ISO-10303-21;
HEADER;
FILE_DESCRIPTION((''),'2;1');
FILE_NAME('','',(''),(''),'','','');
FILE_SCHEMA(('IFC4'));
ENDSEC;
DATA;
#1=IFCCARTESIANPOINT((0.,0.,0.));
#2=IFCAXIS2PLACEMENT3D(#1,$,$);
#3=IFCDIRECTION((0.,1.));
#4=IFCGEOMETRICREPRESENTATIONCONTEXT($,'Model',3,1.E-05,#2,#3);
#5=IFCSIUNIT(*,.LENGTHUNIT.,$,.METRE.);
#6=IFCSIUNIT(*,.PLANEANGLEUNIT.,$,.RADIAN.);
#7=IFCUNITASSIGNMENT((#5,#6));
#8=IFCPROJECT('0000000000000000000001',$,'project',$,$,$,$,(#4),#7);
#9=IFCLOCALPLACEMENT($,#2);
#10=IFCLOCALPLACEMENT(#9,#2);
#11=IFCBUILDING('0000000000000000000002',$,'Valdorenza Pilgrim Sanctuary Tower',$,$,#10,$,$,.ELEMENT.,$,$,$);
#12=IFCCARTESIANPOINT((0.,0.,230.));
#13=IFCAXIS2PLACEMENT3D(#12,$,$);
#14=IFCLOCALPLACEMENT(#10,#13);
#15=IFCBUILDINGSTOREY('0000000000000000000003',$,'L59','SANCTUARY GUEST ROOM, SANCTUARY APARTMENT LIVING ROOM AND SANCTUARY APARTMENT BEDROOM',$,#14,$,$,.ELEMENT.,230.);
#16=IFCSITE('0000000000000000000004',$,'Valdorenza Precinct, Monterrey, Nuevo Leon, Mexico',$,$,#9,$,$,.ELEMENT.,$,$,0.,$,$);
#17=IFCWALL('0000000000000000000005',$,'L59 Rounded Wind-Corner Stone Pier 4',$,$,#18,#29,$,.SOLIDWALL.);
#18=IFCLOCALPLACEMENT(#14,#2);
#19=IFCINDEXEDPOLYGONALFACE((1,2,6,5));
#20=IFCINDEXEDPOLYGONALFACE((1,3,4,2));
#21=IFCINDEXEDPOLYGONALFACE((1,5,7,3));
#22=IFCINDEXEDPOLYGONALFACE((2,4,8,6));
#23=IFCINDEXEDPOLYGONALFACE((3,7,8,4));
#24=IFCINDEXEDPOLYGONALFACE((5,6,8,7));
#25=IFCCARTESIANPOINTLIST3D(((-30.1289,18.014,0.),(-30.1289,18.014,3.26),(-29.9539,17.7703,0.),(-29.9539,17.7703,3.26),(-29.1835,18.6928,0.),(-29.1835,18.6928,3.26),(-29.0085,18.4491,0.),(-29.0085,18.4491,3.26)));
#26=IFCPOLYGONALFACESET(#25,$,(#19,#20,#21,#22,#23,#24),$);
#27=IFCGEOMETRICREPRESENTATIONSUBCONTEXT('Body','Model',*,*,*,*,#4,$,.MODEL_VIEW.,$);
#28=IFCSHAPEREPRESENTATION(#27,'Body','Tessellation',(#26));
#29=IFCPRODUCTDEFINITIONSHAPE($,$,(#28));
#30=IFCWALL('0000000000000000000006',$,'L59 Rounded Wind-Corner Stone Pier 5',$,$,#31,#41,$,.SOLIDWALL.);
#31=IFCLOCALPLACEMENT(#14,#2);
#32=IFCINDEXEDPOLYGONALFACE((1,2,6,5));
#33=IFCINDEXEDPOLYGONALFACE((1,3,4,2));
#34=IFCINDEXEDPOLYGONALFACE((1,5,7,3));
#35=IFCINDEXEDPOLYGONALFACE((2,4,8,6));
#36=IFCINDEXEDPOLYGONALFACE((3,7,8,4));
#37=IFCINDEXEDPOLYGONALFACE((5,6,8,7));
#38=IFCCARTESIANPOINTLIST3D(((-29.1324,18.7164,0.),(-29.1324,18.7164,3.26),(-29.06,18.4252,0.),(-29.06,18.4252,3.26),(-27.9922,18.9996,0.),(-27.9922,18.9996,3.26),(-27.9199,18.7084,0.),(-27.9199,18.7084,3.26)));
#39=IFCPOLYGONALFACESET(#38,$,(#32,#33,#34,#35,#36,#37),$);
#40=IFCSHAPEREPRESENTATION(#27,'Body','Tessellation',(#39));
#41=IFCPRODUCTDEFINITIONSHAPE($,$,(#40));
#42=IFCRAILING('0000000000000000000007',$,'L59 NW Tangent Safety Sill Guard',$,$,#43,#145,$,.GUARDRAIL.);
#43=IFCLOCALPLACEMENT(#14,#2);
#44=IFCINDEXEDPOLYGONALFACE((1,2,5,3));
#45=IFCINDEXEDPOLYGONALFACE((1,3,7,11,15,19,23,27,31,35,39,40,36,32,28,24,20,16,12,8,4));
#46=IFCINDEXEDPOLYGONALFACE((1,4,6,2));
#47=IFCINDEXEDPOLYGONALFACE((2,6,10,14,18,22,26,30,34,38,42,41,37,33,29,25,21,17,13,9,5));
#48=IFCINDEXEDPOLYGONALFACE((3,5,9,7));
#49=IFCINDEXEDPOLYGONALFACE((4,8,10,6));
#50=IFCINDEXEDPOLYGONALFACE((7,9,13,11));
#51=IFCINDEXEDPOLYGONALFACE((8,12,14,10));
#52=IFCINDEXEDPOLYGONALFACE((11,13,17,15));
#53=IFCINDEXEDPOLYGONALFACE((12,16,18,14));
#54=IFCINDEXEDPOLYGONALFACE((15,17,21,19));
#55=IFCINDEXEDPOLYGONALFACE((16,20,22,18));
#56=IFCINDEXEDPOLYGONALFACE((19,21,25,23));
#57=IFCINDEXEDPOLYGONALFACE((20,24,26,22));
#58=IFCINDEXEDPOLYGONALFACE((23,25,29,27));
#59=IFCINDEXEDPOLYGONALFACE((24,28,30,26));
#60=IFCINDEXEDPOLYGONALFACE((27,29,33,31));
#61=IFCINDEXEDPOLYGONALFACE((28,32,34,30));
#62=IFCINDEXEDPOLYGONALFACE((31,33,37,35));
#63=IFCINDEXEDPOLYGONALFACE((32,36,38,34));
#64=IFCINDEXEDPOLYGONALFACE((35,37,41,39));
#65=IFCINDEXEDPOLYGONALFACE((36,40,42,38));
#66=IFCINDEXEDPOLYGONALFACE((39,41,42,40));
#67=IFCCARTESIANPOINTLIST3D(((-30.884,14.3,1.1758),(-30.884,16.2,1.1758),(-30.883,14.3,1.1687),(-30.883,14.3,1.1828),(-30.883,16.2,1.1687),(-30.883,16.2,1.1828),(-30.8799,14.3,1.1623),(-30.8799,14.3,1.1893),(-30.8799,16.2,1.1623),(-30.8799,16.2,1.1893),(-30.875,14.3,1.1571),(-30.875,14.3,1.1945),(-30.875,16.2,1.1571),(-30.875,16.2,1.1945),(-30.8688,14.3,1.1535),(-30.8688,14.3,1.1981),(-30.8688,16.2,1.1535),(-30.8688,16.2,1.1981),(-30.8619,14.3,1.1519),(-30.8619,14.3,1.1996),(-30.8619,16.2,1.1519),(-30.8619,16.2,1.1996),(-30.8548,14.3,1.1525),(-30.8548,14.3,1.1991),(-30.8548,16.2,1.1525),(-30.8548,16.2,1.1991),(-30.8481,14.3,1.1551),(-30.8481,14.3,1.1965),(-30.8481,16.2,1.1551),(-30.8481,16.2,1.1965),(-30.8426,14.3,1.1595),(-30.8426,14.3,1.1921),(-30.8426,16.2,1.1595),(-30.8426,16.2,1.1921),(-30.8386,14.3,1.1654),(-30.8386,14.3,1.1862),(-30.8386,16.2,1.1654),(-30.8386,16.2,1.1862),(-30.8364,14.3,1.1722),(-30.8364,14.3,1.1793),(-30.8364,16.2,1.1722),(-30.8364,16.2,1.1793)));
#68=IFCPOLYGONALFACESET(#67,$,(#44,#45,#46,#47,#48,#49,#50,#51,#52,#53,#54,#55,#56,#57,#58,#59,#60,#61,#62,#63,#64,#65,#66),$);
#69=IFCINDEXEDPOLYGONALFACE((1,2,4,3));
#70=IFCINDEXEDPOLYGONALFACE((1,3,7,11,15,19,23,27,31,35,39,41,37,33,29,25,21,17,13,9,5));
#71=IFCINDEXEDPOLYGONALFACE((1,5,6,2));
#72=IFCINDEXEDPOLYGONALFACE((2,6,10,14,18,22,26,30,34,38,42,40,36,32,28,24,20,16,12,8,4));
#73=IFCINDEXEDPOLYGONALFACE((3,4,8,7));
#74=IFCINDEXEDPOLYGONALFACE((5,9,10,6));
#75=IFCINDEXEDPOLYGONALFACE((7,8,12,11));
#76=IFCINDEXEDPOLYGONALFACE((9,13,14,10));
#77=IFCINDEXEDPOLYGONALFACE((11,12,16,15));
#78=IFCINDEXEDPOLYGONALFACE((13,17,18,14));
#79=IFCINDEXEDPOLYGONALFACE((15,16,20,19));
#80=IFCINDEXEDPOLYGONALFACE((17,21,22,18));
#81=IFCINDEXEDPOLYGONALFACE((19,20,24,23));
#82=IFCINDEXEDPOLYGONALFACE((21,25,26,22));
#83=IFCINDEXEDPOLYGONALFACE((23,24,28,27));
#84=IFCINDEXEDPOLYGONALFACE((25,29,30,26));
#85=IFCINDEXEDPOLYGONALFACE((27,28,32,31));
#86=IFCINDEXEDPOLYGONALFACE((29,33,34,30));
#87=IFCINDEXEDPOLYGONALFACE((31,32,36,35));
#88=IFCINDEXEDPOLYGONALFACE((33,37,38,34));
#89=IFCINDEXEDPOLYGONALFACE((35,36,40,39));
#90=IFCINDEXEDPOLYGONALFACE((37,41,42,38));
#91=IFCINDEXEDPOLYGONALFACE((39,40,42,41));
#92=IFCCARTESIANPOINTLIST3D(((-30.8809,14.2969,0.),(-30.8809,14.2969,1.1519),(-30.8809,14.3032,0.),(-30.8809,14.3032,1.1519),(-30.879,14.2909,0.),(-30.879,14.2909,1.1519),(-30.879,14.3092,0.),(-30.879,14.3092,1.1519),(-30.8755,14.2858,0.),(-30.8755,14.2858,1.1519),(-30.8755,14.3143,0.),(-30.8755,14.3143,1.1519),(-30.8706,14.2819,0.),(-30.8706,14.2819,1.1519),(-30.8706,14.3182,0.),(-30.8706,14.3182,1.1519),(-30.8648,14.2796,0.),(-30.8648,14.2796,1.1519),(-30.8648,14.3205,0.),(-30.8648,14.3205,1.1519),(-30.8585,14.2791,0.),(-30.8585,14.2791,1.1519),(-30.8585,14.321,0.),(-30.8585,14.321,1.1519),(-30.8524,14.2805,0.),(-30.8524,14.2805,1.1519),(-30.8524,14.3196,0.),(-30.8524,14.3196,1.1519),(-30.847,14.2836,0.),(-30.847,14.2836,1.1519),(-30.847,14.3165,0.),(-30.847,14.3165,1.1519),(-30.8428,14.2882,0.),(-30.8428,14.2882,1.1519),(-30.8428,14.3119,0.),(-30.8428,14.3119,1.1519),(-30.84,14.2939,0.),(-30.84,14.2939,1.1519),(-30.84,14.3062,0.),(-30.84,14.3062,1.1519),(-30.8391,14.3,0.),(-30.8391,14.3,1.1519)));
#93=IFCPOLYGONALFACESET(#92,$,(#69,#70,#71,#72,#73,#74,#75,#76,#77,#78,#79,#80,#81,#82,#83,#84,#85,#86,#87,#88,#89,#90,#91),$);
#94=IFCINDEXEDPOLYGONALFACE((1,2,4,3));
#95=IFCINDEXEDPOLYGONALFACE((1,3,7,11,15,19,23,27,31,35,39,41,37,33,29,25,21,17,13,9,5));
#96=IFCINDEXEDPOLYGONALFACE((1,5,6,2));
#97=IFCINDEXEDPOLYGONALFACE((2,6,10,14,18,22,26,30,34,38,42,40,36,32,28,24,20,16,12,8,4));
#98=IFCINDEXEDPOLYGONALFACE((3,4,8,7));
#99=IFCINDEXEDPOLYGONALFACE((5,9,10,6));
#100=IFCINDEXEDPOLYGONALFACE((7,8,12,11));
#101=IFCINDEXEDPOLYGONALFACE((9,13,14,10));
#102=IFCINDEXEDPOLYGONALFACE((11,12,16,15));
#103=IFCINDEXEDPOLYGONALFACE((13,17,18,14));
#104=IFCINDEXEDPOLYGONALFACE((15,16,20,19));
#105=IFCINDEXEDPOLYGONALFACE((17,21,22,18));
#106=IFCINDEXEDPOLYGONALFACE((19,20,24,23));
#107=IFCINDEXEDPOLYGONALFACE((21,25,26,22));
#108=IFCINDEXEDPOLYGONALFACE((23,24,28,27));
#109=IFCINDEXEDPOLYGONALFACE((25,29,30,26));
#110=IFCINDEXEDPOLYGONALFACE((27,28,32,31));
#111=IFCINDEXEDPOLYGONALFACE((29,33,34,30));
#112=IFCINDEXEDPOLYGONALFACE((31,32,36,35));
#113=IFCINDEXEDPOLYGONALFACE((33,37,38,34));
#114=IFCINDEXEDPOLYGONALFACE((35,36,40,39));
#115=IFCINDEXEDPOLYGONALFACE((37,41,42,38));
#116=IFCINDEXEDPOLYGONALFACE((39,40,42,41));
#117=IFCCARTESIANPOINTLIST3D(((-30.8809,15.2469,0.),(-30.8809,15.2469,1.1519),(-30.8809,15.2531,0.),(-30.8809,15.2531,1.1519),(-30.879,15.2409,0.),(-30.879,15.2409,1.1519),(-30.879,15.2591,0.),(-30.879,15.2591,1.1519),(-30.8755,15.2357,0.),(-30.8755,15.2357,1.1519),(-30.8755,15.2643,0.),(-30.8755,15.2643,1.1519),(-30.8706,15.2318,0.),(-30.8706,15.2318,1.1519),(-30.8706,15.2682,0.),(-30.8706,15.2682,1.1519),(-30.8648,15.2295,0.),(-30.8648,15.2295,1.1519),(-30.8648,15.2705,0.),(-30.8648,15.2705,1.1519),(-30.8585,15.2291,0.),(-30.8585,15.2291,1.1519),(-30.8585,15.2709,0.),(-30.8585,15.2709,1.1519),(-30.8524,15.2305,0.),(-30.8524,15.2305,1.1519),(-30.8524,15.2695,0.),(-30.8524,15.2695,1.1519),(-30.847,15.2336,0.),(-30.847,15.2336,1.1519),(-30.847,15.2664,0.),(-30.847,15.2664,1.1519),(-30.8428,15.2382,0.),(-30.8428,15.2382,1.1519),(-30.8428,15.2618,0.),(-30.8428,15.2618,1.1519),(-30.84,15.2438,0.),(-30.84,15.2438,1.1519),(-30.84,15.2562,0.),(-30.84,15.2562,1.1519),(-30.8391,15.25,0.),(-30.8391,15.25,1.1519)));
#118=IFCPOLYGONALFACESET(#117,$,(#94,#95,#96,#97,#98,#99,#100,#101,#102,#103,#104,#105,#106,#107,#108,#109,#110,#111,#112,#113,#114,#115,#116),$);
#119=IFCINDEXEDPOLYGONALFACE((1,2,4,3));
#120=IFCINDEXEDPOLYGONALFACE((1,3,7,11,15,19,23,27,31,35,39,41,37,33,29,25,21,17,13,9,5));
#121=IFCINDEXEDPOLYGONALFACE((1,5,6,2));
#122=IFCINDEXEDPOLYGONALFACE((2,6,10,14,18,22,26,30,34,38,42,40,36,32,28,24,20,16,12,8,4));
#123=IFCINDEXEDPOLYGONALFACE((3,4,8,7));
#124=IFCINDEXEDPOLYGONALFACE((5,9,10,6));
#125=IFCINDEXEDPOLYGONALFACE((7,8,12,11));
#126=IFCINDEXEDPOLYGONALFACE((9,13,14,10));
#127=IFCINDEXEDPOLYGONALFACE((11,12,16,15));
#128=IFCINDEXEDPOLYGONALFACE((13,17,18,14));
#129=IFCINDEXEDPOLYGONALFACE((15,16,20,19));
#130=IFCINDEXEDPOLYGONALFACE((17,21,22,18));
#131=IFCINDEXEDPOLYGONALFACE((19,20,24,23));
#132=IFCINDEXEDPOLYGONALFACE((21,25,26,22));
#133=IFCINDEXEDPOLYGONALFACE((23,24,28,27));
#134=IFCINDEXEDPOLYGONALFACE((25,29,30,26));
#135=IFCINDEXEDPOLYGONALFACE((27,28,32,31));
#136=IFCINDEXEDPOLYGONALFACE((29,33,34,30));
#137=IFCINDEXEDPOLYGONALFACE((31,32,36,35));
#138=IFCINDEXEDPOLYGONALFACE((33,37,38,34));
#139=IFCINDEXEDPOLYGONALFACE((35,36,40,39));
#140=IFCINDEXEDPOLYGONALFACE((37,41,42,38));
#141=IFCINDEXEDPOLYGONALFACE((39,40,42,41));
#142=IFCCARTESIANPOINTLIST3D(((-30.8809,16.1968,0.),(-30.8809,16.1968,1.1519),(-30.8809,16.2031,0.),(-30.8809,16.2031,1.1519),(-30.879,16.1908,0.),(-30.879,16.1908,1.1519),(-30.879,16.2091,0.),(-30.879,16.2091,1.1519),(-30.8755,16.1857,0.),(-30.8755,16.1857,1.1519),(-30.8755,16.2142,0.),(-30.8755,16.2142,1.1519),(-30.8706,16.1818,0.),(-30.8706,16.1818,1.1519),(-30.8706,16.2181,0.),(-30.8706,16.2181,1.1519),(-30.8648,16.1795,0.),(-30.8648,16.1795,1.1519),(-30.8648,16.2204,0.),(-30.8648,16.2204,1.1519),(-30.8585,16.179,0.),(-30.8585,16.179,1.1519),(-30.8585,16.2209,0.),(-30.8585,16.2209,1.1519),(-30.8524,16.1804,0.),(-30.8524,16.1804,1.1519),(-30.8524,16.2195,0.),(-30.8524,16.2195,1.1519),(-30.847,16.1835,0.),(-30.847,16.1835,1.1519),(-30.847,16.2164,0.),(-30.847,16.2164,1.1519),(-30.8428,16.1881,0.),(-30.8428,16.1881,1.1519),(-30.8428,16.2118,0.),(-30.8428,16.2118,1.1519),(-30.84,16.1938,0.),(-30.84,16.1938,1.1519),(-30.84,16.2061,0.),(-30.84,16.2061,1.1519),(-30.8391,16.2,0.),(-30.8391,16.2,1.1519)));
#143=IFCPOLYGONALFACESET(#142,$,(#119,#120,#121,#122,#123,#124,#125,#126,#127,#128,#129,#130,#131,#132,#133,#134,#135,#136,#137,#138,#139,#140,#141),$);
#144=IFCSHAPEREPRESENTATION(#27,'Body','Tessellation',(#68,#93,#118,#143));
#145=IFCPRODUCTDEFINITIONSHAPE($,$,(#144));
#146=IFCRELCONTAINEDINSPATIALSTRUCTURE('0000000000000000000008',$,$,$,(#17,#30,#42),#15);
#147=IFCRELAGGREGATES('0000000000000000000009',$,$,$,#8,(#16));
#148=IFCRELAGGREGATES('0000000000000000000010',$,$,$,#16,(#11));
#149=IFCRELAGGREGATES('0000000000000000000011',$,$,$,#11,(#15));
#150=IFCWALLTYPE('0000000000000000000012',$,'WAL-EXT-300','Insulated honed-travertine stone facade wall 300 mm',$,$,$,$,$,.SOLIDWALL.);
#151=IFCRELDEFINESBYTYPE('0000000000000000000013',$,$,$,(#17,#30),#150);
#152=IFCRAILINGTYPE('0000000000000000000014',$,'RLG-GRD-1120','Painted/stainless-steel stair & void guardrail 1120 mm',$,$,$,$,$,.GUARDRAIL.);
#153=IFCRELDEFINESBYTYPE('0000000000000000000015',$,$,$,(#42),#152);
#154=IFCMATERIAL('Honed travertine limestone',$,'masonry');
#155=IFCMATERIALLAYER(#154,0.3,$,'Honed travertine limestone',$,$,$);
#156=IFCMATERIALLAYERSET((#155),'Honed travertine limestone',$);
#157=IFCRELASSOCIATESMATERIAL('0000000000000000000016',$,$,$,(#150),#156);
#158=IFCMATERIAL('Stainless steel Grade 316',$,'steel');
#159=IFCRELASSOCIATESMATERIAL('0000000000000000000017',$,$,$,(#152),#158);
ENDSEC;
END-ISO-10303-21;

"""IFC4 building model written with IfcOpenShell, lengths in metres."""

from ifc_helpers import new_model, si_unit, direction, frame, frame_2d, origin, origin_2d, place, context, subcontext, project, spatial, rectangle, circle, extrude, material, layer, layer_set, type_object, element, save


model = new_model("IFC4")

# Units and contexts
model_context = context("Model", 3, precision=1e-05, world=origin(), true_north=direction((0.0, 1.0)))
body_context = subcontext(model_context, "Body", "Model", "MODEL_VIEW")
ifc_project = project(units=[si_unit("LENGTHUNIT", "METRE"), si_unit("PLANEANGLEUNIT", "RADIAN")], contexts=[model_context])

# Site, building, storey
site_placement = place(None, origin())
site = spatial("IfcSite", under=ifc_project, at=site_placement, Name="Valdorenza Precinct, Monterrey, Nuevo Leon, Mexico", CompositionType="ELEMENT", RefElevation=0.0)
building_placement = place(site_placement, origin())
building = spatial("IfcBuilding", under=site, at=building_placement, Name="Valdorenza Pilgrim Sanctuary Tower", CompositionType="ELEMENT")
storey_placement = place(building_placement, frame((0.0, 0.0, 230.0)))
storey = spatial("IfcBuildingStorey", under=building, at=storey_placement, Name="L59", Description="SANCTUARY GUEST ROOM, SANCTUARY APARTMENT LIVING ROOM AND SANCTUARY APARTMENT BEDROOM", CompositionType="ELEMENT", Elevation=230.0)

# Shared definitions
ifc_material_1 = material(Name="Honed travertine limestone", Category="masonry")

# Walls
ifc_layer_1 = layer(ifc_material_1, 0.3, Name="Honed travertine limestone")
ifc_layer_set_1 = layer_set([ifc_layer_1], Name="Honed travertine limestone")
wall_type_1 = type_object("IfcWallType", Name="WAL-EXT-300", Description="Insulated honed-travertine stone facade wall 300 mm", PredefinedType="SOLIDWALL", material=ifc_layer_set_1)
wall_1_placement = place(storey_placement, frame((-30.0415, 17.8921, 0.0), z_axis=(0.0, 0.0, 1.0), x_axis=(0.812314, 0.583221, 0.0)))
element("IfcWall", 1, at=wall_1_placement, inside=storey, type_object=wall_type_1, Name="L59 Rounded Wind-Corner Stone Pier 4", PredefinedType="SOLIDWALL", context=body_context, shape_type="SweptSolid", body=[
    extrude(rectangle(XDim=1.1638, YDim=0.3, at=frame_2d((0.582, 0.0))), origin(), (0.0, 0.0, 1.0), 3.26),
])
wall_2_placement = place(storey_placement, frame((-29.0962, 18.5708, 0.0), z_axis=(0.0, 0.0, 1.0), x_axis=(0.970508, 0.241068, 0.0)))
element("IfcWall", 2, at=wall_2_placement, inside=storey, type_object=wall_type_1, Name="L59 Rounded Wind-Corner Stone Pier 5", PredefinedType="SOLIDWALL", context=body_context, shape_type="SweptSolid", body=[
    extrude(rectangle(XDim=1.1748, YDim=0.3, at=frame_2d((0.5874, 0.0))), origin(), (0.0, 0.0, 1.0), 3.26),
])

# Railing
ifc_material_2 = material(Name="Stainless steel Grade 316", Category="steel")
railing_type = type_object("IfcRailingType", Name="RLG-GRD-1120", Description="Painted/stainless-steel stair & void guardrail 1120 mm", PredefinedType="GUARDRAIL", material=ifc_material_2)
railing_placement = place(storey_placement, frame((-30.8601, 14.3, 0.0)))
element("IfcRailing", 3, at=railing_placement, inside=storey, type_object=railing_type, Name="L59 NW Tangent Safety Sill Guard", PredefinedType="GUARDRAIL", context=body_context, shape_type="SweptSolid", body=[
    extrude(circle(Radius=0.0239, at=origin_2d()), frame((0.0, 0.0, 1.1758), z_axis=(0.0, 1.0, 0.0), x_axis=(-1.0, 0.0, 0.0)), (0.0, 0.0, 1.0), 1.8999),
    extrude(circle(Radius=0.021, at=origin_2d()), origin(), (0.0, 0.0, 1.0), 1.1519),
    extrude(circle(Radius=0.021, at=origin_2d()), frame((0.0, 0.95, 0.0)), (0.0, 0.0, 1.0), 1.1519),
    extrude(circle(Radius=0.021, at=origin_2d()), frame((0.0, 1.8999, 0.0)), (0.0, 0.0, 1.0), 1.1519),
])

save(model, "model.ifc")
